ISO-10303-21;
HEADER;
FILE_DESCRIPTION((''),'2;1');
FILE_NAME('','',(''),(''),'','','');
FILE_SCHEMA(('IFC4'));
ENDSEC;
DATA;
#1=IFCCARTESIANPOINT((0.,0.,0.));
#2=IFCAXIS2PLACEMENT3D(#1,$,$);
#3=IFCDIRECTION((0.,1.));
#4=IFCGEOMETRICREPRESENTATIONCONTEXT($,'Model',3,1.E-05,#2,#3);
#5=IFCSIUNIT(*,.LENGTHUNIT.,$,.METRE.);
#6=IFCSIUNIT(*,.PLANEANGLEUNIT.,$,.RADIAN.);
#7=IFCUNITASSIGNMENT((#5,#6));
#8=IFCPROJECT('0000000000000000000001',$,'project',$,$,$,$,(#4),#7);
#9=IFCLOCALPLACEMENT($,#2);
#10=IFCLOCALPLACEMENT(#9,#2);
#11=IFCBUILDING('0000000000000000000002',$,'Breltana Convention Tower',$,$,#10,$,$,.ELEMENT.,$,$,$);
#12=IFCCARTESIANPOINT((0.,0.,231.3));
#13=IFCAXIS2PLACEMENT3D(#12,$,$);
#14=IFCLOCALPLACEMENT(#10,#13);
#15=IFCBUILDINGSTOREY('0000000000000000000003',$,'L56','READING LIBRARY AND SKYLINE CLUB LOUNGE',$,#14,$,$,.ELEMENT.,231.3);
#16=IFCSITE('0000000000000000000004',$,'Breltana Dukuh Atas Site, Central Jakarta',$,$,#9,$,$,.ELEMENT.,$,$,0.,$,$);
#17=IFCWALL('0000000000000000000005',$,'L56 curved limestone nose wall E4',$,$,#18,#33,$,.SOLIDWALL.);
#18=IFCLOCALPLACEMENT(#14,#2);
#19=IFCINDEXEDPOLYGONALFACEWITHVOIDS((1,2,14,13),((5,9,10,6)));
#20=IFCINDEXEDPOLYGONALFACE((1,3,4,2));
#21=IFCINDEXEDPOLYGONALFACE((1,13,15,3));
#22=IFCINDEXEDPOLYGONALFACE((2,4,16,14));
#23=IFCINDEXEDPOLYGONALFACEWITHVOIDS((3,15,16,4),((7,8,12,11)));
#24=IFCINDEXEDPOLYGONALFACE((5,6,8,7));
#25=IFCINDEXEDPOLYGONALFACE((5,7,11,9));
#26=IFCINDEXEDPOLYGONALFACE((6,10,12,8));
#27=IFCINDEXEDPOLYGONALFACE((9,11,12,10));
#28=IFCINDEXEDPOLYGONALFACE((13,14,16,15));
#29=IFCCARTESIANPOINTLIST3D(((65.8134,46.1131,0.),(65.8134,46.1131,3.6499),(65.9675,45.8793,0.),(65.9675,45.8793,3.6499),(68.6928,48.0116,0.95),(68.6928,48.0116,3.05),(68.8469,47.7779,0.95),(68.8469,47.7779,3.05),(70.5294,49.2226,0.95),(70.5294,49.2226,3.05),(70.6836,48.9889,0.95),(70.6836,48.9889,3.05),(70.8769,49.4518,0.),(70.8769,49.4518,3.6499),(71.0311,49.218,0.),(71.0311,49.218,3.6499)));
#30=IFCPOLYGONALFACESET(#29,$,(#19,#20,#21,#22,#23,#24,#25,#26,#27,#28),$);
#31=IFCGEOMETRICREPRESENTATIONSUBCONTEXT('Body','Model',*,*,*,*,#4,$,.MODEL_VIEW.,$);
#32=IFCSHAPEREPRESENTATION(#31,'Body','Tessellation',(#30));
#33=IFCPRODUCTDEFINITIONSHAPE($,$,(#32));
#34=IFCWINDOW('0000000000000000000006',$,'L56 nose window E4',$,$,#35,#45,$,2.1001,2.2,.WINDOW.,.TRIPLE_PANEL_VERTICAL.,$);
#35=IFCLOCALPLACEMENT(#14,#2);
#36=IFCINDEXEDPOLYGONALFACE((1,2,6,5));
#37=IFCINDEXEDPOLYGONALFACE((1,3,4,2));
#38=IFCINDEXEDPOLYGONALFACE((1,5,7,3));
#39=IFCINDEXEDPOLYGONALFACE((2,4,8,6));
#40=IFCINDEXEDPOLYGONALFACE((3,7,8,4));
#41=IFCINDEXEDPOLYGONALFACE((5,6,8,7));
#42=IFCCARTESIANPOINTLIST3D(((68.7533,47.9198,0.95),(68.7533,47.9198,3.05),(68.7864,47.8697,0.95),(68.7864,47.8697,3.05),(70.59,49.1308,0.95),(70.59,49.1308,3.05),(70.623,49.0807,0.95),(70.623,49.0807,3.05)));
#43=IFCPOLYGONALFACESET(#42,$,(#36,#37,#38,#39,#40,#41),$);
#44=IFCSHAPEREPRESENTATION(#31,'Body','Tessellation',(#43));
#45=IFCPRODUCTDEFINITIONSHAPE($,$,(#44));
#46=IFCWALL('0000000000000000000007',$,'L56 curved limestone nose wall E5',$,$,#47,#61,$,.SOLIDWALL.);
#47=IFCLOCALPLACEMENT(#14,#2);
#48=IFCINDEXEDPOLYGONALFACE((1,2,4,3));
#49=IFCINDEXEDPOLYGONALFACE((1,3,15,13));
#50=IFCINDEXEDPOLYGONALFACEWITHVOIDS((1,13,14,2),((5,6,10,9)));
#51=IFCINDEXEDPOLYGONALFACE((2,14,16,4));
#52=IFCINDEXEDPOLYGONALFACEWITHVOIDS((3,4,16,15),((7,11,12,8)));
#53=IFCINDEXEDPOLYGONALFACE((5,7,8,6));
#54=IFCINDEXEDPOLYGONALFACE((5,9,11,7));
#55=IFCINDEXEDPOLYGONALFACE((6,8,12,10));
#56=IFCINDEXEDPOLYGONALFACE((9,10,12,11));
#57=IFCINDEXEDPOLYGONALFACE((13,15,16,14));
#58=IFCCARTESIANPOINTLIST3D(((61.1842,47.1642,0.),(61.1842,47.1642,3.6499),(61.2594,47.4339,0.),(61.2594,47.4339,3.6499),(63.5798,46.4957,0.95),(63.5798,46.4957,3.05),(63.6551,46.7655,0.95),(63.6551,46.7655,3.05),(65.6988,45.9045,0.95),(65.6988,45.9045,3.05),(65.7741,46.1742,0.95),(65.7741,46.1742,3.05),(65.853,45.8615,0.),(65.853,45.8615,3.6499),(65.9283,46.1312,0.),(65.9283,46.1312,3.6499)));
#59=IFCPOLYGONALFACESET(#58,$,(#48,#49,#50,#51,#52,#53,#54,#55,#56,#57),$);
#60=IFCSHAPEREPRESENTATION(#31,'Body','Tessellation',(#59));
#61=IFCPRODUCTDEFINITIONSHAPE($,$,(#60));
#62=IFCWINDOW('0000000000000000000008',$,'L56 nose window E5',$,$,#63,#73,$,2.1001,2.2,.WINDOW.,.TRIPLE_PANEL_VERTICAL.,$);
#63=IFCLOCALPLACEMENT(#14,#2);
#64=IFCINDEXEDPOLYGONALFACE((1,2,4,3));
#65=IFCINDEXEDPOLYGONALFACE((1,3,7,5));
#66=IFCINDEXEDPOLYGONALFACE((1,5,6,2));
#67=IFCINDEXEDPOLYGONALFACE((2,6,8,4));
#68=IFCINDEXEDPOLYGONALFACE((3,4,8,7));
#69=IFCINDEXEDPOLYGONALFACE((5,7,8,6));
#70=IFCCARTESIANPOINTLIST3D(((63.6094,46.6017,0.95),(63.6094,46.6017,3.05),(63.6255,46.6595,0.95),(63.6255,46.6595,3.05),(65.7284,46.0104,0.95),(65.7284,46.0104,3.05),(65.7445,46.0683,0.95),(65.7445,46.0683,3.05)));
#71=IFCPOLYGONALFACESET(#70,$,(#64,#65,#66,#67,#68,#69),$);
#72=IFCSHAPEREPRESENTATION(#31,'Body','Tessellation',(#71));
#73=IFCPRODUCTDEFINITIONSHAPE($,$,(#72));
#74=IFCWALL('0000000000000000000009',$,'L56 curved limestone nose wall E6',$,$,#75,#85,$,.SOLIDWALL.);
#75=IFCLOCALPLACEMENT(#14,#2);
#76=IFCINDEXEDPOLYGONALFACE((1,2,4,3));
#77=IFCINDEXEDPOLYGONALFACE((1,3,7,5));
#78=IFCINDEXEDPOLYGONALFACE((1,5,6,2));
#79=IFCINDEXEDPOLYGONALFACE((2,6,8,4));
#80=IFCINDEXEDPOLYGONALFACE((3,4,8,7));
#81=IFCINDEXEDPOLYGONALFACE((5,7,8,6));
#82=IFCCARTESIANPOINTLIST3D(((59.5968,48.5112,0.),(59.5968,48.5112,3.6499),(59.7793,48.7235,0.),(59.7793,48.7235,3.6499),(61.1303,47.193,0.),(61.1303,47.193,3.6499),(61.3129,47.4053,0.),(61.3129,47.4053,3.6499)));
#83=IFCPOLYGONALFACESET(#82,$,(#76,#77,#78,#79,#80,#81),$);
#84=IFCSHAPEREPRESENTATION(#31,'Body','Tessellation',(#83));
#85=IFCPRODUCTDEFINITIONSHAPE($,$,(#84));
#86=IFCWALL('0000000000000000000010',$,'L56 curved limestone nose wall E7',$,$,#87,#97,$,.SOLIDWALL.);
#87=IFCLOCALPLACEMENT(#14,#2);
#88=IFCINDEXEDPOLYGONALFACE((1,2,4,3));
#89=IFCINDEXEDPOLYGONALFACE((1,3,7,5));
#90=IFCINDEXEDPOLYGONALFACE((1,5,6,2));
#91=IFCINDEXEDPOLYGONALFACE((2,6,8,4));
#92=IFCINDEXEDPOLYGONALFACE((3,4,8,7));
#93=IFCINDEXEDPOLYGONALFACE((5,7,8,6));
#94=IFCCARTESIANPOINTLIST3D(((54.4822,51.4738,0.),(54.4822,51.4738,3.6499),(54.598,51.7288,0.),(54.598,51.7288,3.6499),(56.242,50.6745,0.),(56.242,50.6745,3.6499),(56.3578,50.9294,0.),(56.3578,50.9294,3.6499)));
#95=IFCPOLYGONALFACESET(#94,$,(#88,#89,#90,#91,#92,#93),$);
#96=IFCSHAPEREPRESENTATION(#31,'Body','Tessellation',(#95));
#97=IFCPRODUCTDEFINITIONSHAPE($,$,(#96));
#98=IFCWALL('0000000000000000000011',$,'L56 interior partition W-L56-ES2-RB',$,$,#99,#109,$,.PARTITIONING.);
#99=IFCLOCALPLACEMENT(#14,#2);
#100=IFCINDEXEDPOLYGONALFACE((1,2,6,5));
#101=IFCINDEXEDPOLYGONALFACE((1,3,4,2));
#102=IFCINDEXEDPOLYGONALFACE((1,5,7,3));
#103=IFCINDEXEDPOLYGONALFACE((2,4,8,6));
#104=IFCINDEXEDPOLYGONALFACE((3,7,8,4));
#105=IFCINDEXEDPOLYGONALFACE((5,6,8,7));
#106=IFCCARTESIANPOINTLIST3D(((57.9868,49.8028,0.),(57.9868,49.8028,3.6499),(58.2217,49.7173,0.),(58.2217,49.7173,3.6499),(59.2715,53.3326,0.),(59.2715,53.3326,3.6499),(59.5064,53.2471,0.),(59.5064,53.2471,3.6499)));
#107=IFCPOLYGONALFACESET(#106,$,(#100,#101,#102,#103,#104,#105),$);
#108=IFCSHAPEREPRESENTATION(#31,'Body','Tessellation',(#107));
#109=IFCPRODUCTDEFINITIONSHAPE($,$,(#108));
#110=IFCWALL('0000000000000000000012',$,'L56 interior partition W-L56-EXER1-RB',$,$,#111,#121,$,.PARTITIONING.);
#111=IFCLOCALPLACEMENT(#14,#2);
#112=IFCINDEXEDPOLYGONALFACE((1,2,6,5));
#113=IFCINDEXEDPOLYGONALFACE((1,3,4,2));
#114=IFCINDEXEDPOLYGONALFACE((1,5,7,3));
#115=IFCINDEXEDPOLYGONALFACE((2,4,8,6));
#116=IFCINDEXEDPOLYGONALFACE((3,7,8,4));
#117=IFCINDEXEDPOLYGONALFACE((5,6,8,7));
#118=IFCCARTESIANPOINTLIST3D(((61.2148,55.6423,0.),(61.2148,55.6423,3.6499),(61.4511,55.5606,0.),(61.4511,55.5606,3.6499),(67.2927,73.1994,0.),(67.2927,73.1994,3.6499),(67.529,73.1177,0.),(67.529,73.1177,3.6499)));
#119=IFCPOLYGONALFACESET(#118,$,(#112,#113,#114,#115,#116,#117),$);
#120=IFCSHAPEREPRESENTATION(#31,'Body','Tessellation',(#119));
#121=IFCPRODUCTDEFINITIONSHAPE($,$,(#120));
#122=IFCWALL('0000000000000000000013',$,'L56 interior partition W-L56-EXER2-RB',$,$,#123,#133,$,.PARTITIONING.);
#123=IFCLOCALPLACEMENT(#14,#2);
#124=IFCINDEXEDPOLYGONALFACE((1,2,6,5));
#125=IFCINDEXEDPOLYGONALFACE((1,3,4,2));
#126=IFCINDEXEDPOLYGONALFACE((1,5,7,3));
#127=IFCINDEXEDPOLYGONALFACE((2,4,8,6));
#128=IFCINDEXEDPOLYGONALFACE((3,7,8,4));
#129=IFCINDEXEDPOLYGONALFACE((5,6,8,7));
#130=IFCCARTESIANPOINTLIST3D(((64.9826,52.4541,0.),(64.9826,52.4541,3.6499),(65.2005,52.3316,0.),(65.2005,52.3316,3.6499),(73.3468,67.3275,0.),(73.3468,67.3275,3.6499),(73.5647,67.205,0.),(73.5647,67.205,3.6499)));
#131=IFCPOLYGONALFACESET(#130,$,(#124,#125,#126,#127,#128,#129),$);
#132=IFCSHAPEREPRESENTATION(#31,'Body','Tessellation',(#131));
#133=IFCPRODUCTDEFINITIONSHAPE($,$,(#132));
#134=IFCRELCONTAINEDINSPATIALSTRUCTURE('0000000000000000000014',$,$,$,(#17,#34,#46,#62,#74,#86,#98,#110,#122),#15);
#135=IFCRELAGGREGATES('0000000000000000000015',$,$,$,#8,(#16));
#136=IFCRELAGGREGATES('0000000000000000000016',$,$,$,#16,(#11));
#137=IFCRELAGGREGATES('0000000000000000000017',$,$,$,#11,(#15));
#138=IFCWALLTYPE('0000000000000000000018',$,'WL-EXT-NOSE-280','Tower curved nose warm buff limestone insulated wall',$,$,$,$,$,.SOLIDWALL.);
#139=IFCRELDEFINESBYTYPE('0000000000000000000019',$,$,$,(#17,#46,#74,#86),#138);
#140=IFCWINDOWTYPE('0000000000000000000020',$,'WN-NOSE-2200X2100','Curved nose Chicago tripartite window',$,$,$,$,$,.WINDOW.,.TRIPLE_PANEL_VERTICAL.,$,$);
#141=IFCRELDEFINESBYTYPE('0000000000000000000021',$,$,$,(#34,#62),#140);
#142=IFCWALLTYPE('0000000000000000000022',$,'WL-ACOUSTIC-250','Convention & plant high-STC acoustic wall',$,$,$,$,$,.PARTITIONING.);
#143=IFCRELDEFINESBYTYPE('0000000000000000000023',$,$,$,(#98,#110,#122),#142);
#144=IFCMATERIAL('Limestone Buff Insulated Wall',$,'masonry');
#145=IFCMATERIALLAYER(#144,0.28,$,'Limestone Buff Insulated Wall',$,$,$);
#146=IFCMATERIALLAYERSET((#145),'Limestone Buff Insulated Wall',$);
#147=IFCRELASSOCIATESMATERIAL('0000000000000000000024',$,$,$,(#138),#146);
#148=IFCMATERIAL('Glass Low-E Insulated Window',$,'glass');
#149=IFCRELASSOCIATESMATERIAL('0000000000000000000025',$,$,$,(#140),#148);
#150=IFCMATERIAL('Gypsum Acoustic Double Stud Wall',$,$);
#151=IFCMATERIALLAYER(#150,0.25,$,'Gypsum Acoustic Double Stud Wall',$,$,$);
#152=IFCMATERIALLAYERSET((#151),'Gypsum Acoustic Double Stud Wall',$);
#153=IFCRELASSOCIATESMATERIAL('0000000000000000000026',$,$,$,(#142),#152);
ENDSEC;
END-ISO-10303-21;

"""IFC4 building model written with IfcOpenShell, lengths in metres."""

from ifc_helpers import new_model, si_unit, direction, frame, frame_2d, origin, place, context, subcontext, project, spatial, rectangle, extrude, source, transform, mapped, material, layer, layer_set, type_object, type_shapes, element, fill, save


model = new_model("IFC4")

# Units and contexts
model_context = context("Model", 3, precision=1e-05, world=origin(), true_north=direction((0.0, 1.0)))
body_context = subcontext(model_context, "Body", "Model", "MODEL_VIEW")
ifc_project = project(units=[si_unit("LENGTHUNIT", "METRE"), si_unit("PLANEANGLEUNIT", "RADIAN")], contexts=[model_context])

# Site, building, storey
site_placement = place(None, origin())
site = spatial("IfcSite", under=ifc_project, at=site_placement, Name="Breltana Dukuh Atas Site, Central Jakarta", CompositionType="ELEMENT", RefElevation=0.0)
building_placement = place(site_placement, origin())
building = spatial("IfcBuilding", under=site, at=building_placement, Name="Breltana Convention Tower", CompositionType="ELEMENT")
storey_placement = place(building_placement, frame((0.0, 0.0, 231.3)))
storey = spatial("IfcBuildingStorey", under=building, at=storey_placement, Name="L56", Description="READING LIBRARY AND SKYLINE CLUB LOUNGE", CompositionType="ELEMENT", Elevation=231.3)

# Walls, openings, windows
ifc_material_1 = material(Name="Limestone Buff Insulated Wall", Category="masonry")
ifc_layer_1 = layer(ifc_material_1, 0.28, Name="Limestone Buff Insulated Wall")
ifc_layer_set_1 = layer_set([ifc_layer_1], Name="Limestone Buff Insulated Wall")
wall_type_1 = type_object("IfcWallType", Name="WL-EXT-NOSE-280", Description="Tower curved nose warm buff limestone insulated wall", PredefinedType="SOLIDWALL", material=ifc_layer_set_1)
shared_shape_1 = source(origin(), body_context, "Body", "SweptSolid", [
    extrude(rectangle(XDim=6.0652, YDim=0.28, at=frame_2d((3.0327, 0.0))), origin(), (0.0, 0.0, 1.0), 3.6499),
])
wall_1_placement = place(storey_placement, frame((70.9541, 49.335, 0.0), z_axis=(0.0, 0.0, 1.0), x_axis=(-0.834857, -0.550466, 0.0)))
wall_1 = element("IfcWall", 1, at=wall_1_placement, inside=storey, type_object=wall_type_1, Name="L56 curved limestone nose wall E4", PredefinedType="SOLIDWALL", context=body_context, shape_type="MappedRepresentation", body=[
    mapped(shared_shape_1, transform((0.0, 0.0, 0.0), scale=1.0)),
])
opening_1_placement = place(wall_1_placement, frame((0.4163, 0.0, 0.95)))
opening_1 = element("IfcOpeningElement", 2, at=opening_1_placement, cuts=wall_1, PredefinedType="OPENING", context=body_context, shape_type="SweptSolid", body=[
    extrude(rectangle(XDim=2.2, YDim=2.1001, at=frame_2d((1.1001, 1.05))), frame((0.0, 0.1499, 0.0), z_axis=(0.0, -1.0, 0.0), x_axis=(1.0, 0.0, 0.0)), (0.0, 0.0, 1.0), 0.3),
])
ifc_material_2 = material(Name="Glass Low-E Insulated Window", Category="glass")
window_type = type_object("IfcWindowType", Name="WN-NOSE-2200X2100", Description="Curved nose Chicago tripartite window", PartitioningType="TRIPLE_PANEL_VERTICAL", PredefinedType="WINDOW", material=ifc_material_2)
shared_shape_2 = source(origin(), body_context, "Body", "SweptSolid", [
    extrude(rectangle(XDim=2.2, YDim=2.1001, at=frame_2d((1.1001, 1.05))), frame((0.0, 0.03, 0.0), z_axis=(0.0, -1.0, 0.0), x_axis=(1.0, 0.0, 0.0)), (0.0, 0.0, 1.0), 0.0601),
])
type_shapes(window_type, [shared_shape_2])
window_1_placement = place(opening_1_placement, origin())
window_1 = element("IfcWindow", 3, at=window_1_placement, inside=storey, type_object=window_type, Name="L56 nose window E4", OverallHeight=2.1001, OverallWidth=2.2, PartitioningType="TRIPLE_PANEL_VERTICAL", PredefinedType="WINDOW", context=body_context, shape_type="MappedRepresentation", body=[
    mapped(shared_shape_2, transform((0.0, 0.0, 0.0), scale=1.0)),
])
fill(opening_1, window_1)
shared_shape_3 = source(origin(), body_context, "Body", "SweptSolid", [
    extrude(rectangle(XDim=4.8472, YDim=0.28, at=frame_2d((2.4236, 0.0))), origin(), (0.0, 0.0, 1.0), 3.6499),
])
wall_2_placement = place(storey_placement, frame((65.8906, 45.9963, 0.0), z_axis=(0.0, 0.0, 1.0), x_axis=(-0.963208, 0.268756, 0.0)))
wall_2 = element("IfcWall", 4, at=wall_2_placement, inside=storey, type_object=wall_type_1, Name="L56 curved limestone nose wall E5", PredefinedType="SOLIDWALL", context=body_context, shape_type="MappedRepresentation", body=[
    mapped(shared_shape_3, transform((0.0, 0.0, 0.0), scale=1.0)),
])
opening_2_placement = place(wall_2_placement, frame((0.1599, 0.0, 0.95)))
opening_2 = element("IfcOpeningElement", 5, at=opening_2_placement, cuts=wall_2, PredefinedType="OPENING", context=body_context, shape_type="SweptSolid", body=[
    extrude(rectangle(XDim=2.2, YDim=2.1001, at=frame_2d((1.1001, 1.05))), frame((0.0, 0.1499, 0.0), z_axis=(0.0, -1.0, 0.0), x_axis=(1.0, 0.0, 0.0)), (0.0, 0.0, 1.0), 0.3),
])
window_2_placement = place(opening_2_placement, origin())
window_2 = element("IfcWindow", 6, at=window_2_placement, inside=storey, type_object=window_type, Name="L56 nose window E5", OverallHeight=2.1001, OverallWidth=2.2, PartitioningType="TRIPLE_PANEL_VERTICAL", PredefinedType="WINDOW", context=body_context, shape_type="MappedRepresentation", body=[
    mapped(shared_shape_2, transform((0.0, 0.0, 0.0), scale=1.0)),
])
fill(opening_2, window_2)

# Walls
shared_shape_4 = source(origin(), body_context, "Body", "SweptSolid", [
    extrude(rectangle(XDim=2.0222, YDim=0.28, at=frame_2d((1.0112, 0.0))), origin(), (0.0, 0.0, 1.0), 3.6499),
])
wall_3_placement = place(storey_placement, frame((61.2217, 47.2991, 0.0), z_axis=(0.0, 0.0, 1.0), x_axis=(-0.758344, 0.651855, 0.0)))
element("IfcWall", 7, at=wall_3_placement, inside=storey, type_object=wall_type_1, Name="L56 curved limestone nose wall E6", PredefinedType="SOLIDWALL", context=body_context, shape_type="MappedRepresentation", body=[
    mapped(shared_shape_4, transform((0.0, 0.0, 0.0), scale=1.0)),
])
shared_shape_5 = source(origin(), body_context, "Body", "SweptSolid", [
    extrude(rectangle(XDim=1.9329, YDim=0.28, at=frame_2d((0.9663, 0.0))), origin(), (0.0, 0.0, 1.0), 3.6499),
])
wall_4_placement = place(storey_placement, frame((56.2998, 50.802, 0.0), z_axis=(0.0, 0.0, 1.0), x_axis=(-0.910479, 0.413555, 0.0)))
element("IfcWall", 8, at=wall_4_placement, inside=storey, type_object=wall_type_1, Name="L56 curved limestone nose wall E7", PredefinedType="SOLIDWALL", context=body_context, shape_type="MappedRepresentation", body=[
    mapped(shared_shape_5, transform((0.0, 0.0, 0.0), scale=1.0)),
])
ifc_material_3 = material(Name="Gypsum Acoustic Double Stud Wall")
ifc_layer_2 = layer(ifc_material_3, 0.25, Name="Gypsum Acoustic Double Stud Wall")
ifc_layer_set_2 = layer_set([ifc_layer_2], Name="Gypsum Acoustic Double Stud Wall")
wall_type_2 = type_object("IfcWallType", Name="WL-ACOUSTIC-250", Description="Convention & plant high-STC acoustic wall", PredefinedType="PARTITIONING", material=ifc_layer_set_2)
shared_shape_6 = source(origin(), body_context, "Body", "SweptSolid", [
    extrude(rectangle(XDim=3.7563, YDim=0.25, at=frame_2d((1.8782, 0.0))), origin(), (0.0, 0.0, 1.0), 3.6499),
])
wall_5_placement = place(storey_placement, frame((58.1042, 49.76, 0.0), z_axis=(0.0, 0.0, 1.0), x_axis=(0.342004, 0.939699, 0.0)))
element("IfcWall", 9, at=wall_5_placement, inside=storey, type_object=wall_type_2, Name="L56 interior partition W-L56-ES2-RB", PredefinedType="PARTITIONING", context=body_context, shape_type="MappedRepresentation", body=[
    mapped(shared_shape_6, transform((0.0, 0.0, 0.0), scale=1.0)),
])
shared_shape_7 = source(origin(), body_context, "Body", "SweptSolid", [
    extrude(rectangle(XDim=18.5793, YDim=0.25, at=frame_2d((9.2896, 0.0))), origin(), (0.0, 0.0, 1.0), 3.6499),
])
wall_6_placement = place(storey_placement, frame((61.333, 55.6016, 0.0), z_axis=(0.0, 0.0, 1.0), x_axis=(0.32713, 0.944979, 0.0)))
element("IfcWall", 10, at=wall_6_placement, inside=storey, type_object=wall_type_2, Name="L56 interior partition W-L56-EXER1-RB", PredefinedType="PARTITIONING", context=body_context, shape_type="MappedRepresentation", body=[
    mapped(shared_shape_7, transform((0.0, 0.0, 0.0), scale=1.0)),
])

# Wall
shared_shape_8 = source(origin(), body_context, "Body", "SweptSolid", [
    extrude(rectangle(XDim=17.064, YDim=0.25, at=frame_2d((8.532, 0.0))), origin(), (0.0, 0.0, 1.0), 3.6499),
])
wall_7_placement = place(storey_placement, frame((65.0916, 52.3928, 0.0), z_axis=(0.0, 0.0, 1.0), x_axis=(0.490167, 0.871628, 0.0)))
element("IfcWall", 11, at=wall_7_placement, inside=storey, type_object=wall_type_2, Name="L56 interior partition W-L56-EXER2-RB", PredefinedType="PARTITIONING", context=body_context, shape_type="MappedRepresentation", body=[
    mapped(shared_shape_8, transform((0.0, 0.0, 0.0), scale=1.0)),
])

save(model, "model.ifc")
